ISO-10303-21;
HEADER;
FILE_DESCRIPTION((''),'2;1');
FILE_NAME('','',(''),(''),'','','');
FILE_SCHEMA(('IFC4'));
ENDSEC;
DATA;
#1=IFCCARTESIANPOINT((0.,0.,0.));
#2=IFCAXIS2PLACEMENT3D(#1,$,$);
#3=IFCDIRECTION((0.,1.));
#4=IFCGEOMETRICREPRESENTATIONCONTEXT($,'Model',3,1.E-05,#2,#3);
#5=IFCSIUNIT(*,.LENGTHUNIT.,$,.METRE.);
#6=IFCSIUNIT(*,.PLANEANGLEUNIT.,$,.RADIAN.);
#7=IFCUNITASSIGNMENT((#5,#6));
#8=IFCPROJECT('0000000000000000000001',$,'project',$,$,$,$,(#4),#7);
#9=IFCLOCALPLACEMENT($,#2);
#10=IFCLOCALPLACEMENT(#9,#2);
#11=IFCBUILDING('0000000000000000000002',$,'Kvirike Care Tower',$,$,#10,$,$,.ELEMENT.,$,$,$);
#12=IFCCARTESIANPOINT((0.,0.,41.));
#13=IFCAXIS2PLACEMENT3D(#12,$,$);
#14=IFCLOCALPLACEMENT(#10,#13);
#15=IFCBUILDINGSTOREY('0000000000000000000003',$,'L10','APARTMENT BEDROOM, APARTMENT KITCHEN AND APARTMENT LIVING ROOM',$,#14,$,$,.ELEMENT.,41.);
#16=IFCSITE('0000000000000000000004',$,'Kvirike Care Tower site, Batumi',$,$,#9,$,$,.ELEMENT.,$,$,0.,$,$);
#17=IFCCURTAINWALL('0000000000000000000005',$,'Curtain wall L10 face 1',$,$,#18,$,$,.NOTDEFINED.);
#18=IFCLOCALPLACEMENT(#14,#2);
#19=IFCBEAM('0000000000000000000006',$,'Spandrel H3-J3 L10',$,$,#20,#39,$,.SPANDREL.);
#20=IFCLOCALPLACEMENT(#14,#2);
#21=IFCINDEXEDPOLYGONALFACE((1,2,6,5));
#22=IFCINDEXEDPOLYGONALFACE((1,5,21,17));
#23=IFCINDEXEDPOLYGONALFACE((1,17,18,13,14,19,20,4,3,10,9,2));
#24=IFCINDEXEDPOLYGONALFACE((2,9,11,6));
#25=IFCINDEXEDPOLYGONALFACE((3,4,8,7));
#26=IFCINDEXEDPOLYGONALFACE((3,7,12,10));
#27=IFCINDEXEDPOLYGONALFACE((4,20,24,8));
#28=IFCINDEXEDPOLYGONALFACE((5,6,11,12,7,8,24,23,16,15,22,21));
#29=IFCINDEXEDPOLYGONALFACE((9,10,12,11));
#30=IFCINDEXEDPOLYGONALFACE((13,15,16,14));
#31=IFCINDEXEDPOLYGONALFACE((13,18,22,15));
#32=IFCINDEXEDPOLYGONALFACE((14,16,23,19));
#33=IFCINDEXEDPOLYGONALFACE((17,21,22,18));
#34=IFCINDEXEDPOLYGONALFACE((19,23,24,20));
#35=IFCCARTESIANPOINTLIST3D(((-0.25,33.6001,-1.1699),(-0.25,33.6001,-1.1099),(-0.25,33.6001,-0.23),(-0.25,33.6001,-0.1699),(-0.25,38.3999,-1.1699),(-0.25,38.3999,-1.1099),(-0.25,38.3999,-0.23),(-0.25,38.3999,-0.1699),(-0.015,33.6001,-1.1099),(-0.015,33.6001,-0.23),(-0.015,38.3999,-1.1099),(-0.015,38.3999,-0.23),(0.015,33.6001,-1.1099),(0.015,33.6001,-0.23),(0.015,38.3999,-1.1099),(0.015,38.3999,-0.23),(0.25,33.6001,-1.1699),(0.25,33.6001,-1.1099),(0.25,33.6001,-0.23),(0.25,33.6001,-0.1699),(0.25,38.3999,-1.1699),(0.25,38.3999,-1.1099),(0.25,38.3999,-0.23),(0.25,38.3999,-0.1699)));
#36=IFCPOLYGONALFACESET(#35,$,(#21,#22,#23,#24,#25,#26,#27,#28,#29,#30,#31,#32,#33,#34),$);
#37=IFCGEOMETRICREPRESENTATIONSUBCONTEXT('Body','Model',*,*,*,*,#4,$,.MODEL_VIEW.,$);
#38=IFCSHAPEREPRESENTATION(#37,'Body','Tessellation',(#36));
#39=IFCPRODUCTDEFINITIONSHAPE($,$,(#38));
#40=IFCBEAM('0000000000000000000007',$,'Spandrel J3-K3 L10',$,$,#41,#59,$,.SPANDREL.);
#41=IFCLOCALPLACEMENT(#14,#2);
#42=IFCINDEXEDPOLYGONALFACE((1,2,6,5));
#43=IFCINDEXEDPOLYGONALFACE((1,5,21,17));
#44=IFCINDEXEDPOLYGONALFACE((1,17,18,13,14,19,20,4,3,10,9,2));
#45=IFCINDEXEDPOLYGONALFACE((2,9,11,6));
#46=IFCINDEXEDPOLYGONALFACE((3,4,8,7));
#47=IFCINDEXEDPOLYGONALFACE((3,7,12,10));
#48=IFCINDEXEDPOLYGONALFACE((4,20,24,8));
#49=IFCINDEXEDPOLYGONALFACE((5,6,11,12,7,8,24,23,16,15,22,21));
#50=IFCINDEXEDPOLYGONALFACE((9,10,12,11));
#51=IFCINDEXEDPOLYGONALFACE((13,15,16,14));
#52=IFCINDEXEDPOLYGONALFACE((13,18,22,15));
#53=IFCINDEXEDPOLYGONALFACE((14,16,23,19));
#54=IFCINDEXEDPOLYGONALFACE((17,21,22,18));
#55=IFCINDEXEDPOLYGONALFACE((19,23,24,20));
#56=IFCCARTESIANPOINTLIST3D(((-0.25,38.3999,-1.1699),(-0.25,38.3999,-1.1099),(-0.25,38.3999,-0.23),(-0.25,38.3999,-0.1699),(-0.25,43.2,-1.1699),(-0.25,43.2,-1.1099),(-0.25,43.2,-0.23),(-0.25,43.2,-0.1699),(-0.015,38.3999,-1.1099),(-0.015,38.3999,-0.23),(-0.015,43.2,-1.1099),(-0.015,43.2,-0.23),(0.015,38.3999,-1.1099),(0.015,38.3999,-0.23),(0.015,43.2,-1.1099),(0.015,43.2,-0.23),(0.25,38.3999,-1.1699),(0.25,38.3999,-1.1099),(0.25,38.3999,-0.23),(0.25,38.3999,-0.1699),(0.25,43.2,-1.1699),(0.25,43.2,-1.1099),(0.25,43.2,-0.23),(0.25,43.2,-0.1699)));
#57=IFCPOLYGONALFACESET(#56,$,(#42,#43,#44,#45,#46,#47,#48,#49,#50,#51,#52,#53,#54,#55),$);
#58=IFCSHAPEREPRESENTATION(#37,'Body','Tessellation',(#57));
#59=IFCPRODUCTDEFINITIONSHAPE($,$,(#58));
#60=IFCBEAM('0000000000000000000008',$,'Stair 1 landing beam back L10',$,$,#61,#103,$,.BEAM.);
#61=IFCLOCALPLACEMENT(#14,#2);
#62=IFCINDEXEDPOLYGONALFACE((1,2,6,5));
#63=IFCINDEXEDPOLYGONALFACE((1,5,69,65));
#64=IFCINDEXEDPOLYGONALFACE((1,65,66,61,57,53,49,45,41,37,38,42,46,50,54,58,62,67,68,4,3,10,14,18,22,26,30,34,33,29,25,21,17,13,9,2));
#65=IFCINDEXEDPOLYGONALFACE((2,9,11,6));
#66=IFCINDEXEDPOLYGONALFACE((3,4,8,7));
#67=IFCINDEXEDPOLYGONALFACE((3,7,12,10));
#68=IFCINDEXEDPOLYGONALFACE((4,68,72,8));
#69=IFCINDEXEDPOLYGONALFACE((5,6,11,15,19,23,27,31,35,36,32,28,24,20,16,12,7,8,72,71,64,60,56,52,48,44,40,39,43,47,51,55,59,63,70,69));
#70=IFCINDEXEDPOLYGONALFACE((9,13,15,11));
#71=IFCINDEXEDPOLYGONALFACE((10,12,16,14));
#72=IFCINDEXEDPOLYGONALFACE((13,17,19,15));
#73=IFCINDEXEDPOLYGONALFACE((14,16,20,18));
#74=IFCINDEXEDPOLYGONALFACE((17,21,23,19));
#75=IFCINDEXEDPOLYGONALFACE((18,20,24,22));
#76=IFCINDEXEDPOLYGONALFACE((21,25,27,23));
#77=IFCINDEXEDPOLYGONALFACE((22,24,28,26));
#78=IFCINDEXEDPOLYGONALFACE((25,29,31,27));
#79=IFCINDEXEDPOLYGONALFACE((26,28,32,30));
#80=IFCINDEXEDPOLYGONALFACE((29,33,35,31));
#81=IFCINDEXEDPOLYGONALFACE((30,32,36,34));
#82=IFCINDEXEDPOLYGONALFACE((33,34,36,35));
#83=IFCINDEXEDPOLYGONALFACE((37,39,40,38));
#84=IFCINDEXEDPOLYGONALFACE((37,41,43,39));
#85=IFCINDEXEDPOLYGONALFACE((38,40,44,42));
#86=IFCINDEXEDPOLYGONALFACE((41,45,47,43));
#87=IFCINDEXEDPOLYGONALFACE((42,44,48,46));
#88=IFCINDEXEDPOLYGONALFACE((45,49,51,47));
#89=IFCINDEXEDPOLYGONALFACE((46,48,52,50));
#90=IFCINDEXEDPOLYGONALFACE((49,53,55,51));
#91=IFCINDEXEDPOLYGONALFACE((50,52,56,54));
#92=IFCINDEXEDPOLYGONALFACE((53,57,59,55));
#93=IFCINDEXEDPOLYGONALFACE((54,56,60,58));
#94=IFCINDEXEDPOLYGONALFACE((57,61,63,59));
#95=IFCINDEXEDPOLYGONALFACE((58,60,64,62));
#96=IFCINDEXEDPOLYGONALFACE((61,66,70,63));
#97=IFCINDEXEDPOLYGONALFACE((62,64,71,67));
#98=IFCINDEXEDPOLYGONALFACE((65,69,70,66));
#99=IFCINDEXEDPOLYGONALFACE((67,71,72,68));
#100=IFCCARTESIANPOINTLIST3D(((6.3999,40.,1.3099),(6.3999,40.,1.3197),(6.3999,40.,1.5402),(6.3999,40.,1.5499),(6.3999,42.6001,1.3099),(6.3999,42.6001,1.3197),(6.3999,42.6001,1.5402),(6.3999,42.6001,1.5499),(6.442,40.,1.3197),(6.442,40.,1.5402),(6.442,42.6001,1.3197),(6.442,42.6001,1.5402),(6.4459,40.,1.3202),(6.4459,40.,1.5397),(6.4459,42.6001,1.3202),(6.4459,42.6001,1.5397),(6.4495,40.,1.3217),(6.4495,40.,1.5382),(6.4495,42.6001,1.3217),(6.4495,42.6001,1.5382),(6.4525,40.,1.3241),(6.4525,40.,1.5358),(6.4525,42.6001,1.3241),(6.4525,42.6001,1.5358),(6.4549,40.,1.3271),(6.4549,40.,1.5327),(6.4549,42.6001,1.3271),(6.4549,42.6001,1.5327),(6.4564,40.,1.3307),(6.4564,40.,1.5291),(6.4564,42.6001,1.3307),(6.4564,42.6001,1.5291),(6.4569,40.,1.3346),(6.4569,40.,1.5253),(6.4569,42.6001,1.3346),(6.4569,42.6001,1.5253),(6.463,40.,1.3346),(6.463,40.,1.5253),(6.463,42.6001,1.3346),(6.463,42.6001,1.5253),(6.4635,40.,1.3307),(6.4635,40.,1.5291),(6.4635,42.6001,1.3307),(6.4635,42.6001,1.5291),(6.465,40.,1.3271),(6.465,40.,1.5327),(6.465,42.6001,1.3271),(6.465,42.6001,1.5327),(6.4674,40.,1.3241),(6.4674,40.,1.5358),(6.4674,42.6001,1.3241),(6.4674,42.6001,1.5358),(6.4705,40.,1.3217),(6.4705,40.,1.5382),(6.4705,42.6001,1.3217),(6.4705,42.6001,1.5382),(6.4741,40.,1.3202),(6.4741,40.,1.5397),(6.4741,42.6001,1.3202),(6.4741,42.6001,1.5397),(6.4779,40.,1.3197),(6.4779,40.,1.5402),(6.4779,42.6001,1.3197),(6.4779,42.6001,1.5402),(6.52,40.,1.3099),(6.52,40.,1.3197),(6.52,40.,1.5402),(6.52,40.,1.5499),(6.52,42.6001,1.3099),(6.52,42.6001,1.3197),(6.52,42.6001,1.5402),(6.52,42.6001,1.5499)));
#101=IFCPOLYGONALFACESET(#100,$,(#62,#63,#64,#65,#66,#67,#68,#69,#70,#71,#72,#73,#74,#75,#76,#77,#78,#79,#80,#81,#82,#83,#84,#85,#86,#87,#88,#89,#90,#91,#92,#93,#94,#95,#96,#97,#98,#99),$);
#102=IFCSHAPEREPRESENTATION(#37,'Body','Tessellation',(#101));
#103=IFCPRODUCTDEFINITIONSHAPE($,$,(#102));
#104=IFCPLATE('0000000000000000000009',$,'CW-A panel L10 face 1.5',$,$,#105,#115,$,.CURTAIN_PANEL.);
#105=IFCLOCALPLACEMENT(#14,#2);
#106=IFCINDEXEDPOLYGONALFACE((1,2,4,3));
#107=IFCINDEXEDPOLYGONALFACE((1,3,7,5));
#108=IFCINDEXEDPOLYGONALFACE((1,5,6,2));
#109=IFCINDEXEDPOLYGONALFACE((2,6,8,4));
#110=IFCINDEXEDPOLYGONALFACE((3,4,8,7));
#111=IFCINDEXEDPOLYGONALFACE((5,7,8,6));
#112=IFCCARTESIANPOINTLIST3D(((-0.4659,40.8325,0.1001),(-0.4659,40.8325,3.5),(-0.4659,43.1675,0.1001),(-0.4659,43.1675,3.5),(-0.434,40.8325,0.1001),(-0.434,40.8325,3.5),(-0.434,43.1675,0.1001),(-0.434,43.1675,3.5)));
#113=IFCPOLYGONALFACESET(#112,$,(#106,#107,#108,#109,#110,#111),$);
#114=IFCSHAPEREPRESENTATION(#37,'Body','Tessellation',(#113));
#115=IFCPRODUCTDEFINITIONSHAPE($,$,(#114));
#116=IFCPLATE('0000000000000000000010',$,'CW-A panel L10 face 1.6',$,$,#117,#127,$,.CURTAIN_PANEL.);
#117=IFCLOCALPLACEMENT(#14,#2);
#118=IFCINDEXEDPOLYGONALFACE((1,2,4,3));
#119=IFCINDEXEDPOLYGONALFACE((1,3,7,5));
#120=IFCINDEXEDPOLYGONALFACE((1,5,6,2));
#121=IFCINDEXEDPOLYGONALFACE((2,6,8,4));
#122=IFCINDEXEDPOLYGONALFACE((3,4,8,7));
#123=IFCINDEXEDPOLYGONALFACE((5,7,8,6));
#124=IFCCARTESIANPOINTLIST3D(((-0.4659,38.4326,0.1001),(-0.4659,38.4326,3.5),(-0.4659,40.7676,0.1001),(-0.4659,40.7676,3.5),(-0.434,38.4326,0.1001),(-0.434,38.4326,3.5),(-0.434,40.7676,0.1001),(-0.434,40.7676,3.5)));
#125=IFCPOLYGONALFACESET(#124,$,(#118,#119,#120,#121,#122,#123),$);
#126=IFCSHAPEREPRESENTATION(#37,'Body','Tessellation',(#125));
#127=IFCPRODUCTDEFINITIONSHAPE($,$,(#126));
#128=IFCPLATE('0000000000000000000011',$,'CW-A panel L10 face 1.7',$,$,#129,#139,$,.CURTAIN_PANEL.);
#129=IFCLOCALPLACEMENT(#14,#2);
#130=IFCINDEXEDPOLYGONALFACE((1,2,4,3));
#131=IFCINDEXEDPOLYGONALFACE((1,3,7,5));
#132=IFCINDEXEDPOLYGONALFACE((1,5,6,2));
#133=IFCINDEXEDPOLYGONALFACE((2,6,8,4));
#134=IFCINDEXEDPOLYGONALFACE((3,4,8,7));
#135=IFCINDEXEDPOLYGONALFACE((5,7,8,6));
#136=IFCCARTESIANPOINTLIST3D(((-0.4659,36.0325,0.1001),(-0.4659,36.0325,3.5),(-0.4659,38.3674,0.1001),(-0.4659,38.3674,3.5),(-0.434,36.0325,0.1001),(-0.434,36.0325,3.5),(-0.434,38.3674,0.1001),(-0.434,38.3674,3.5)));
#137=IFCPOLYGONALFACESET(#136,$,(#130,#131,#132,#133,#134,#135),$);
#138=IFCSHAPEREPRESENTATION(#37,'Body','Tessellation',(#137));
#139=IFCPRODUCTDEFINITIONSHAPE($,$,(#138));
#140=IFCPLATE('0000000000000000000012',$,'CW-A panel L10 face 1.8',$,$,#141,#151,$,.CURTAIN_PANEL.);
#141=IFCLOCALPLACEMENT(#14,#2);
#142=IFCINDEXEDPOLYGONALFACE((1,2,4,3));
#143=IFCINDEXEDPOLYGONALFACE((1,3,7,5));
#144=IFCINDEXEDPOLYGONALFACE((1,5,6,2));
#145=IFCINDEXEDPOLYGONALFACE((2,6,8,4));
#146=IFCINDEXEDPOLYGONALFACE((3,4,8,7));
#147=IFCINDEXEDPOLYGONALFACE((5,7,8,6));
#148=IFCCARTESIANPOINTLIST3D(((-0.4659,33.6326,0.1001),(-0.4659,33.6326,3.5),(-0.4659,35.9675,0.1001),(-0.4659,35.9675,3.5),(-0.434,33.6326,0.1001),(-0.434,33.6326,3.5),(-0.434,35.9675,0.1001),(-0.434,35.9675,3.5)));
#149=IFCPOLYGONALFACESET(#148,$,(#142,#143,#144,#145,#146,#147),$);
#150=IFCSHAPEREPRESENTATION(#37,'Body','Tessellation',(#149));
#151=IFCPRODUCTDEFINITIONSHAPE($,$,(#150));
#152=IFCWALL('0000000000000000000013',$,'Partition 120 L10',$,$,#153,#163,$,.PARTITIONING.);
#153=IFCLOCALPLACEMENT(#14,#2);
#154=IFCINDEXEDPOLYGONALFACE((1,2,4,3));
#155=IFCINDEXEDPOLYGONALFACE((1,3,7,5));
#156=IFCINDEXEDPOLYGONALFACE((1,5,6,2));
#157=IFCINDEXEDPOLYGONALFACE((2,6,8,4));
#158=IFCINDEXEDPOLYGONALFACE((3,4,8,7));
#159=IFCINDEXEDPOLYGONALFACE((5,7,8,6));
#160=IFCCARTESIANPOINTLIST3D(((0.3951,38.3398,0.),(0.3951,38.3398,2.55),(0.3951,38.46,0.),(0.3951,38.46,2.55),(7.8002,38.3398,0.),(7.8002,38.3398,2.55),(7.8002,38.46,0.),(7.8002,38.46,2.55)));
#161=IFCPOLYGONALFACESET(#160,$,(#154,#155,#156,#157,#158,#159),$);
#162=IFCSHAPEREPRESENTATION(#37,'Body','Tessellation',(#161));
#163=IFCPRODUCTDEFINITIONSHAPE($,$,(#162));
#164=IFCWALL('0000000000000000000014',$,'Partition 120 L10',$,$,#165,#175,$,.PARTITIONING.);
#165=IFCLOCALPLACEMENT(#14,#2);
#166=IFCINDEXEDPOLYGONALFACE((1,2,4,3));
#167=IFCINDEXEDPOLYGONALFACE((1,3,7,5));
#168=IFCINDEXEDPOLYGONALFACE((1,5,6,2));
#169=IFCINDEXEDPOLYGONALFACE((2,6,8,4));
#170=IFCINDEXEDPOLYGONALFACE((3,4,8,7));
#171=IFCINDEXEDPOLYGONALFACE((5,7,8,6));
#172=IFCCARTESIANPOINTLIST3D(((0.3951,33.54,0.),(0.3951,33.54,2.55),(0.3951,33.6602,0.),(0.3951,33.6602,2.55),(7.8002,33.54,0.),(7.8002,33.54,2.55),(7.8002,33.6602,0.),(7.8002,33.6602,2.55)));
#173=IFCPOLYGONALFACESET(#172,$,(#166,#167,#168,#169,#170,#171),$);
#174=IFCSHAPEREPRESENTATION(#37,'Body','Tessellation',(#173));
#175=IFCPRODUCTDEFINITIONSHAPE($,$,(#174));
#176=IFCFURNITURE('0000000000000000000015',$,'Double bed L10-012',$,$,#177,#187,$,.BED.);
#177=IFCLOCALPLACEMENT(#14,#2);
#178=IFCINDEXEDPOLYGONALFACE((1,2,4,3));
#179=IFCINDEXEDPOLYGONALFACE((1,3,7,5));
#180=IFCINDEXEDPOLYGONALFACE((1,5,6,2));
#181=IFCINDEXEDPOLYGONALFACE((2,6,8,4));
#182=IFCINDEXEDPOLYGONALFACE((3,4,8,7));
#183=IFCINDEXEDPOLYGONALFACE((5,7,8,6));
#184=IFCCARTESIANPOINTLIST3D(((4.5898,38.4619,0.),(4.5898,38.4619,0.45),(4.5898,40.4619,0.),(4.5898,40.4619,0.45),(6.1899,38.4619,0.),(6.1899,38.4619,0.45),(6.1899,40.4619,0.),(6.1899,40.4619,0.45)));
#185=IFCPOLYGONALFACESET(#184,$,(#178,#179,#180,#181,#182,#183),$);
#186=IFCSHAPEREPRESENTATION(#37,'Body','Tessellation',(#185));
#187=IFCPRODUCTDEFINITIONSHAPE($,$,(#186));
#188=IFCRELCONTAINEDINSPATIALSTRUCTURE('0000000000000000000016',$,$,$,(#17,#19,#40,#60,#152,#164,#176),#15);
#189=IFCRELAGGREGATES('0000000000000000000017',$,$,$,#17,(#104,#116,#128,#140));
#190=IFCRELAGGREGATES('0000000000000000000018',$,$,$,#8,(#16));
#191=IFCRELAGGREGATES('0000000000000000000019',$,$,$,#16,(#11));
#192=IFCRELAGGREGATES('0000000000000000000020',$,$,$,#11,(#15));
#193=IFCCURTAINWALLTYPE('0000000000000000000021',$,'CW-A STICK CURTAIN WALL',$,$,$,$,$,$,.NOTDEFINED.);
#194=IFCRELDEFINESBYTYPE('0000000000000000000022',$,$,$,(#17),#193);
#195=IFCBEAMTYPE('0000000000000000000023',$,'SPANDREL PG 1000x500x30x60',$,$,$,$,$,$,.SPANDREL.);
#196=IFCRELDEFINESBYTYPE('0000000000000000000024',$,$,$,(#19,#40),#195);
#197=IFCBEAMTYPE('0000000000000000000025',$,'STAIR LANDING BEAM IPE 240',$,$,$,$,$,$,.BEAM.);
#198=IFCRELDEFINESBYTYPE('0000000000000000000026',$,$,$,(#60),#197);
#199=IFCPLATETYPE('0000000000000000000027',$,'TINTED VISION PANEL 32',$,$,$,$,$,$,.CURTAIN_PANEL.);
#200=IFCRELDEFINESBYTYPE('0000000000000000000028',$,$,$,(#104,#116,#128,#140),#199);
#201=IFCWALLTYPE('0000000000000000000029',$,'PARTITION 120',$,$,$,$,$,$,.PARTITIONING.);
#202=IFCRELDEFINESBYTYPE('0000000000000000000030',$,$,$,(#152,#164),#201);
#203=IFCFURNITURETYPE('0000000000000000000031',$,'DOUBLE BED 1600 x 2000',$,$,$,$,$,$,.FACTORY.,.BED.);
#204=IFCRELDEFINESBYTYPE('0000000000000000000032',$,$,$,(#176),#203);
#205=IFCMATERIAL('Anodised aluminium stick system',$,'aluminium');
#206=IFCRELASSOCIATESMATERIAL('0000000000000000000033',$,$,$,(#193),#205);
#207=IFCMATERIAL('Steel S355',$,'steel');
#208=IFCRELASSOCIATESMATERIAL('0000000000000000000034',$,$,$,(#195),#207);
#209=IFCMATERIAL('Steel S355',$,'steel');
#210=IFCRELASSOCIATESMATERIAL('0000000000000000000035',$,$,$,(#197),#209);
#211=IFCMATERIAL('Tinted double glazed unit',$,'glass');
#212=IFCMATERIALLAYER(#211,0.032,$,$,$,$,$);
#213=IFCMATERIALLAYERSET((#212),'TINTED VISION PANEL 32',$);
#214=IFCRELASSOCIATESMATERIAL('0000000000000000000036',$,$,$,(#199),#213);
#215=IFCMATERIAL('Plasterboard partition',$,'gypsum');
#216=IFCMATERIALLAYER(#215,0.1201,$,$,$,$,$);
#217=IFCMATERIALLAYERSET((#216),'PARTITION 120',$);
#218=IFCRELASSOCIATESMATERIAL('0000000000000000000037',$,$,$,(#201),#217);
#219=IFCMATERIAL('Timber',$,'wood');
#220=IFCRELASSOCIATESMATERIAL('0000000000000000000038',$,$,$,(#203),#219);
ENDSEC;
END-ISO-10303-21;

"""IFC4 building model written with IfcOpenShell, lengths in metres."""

from ifc_helpers import new_model, si_unit, direction, frame, frame_2d, origin, origin_2d, place, context, subcontext, project, spatial, rectangle, i_section, extrude, material, layer, layer_set, material_profile, profile_set, type_object, element, aggregate, save


model = new_model("IFC4")

# Units and contexts
model_context = context("Model", 3, precision=1e-05, world=origin(), true_north=direction((0.0, 1.0)))
body_context = subcontext(model_context, "Body", "Model", "MODEL_VIEW")
ifc_project = project(units=[si_unit("LENGTHUNIT", "METRE"), si_unit("PLANEANGLEUNIT", "RADIAN")], contexts=[model_context])

# Site, building, storey
site_placement = place(None, origin())
site = spatial("IfcSite", under=ifc_project, at=site_placement, Name="Kvirike Care Tower site, Batumi", CompositionType="ELEMENT", RefElevation=0.0)
building_placement = place(site_placement, origin())
building = spatial("IfcBuilding", under=site, at=building_placement, Name="Kvirike Care Tower", CompositionType="ELEMENT")
storey_placement = place(building_placement, frame((0.0, 0.0, 41.0)))
storey = spatial("IfcBuildingStorey", under=building, at=storey_placement, Name="L10", Description="APARTMENT BEDROOM, APARTMENT KITCHEN AND APARTMENT LIVING ROOM", CompositionType="ELEMENT", Elevation=41.0)

# Curtain wall
ifc_material_1 = material(Name="Anodised aluminium stick system", Category="aluminium")
curtain_wall_type = type_object("IfcCurtainWallType", Name="CW-A STICK CURTAIN WALL", PredefinedType="NOTDEFINED", material=ifc_material_1)
curtain_wall_placement = place(storey_placement, origin())
curtain_wall = element("IfcCurtainWall", 1, at=curtain_wall_placement, inside=storey, type_object=curtain_wall_type, Name="Curtain wall L10 face 1", PredefinedType="NOTDEFINED")

# Beams
ifc_material_2 = material(Name="Steel S355", Category="steel")
ifc_material_profile_1 = material_profile(ifc_material_2, i_section(OverallWidth=0.5, OverallDepth=1.0, WebThickness=0.03, FlangeThickness=0.0601, at=origin_2d()), Name="PG 1000x500x30x60")
ifc_profile_set_1 = profile_set([ifc_material_profile_1], Name="Steel S355")
beam_type_1 = type_object("IfcBeamType", Name="SPANDREL PG 1000x500x30x60", PredefinedType="SPANDREL", material=ifc_profile_set_1)
beam_1_placement = place(storey_placement, frame((0.0, 33.6001, -0.6699), z_axis=(0.0, 1.0, 0.0), x_axis=(-1.0, 0.0, 0.0)))
element("IfcBeam", 2, at=beam_1_placement, inside=storey, type_object=beam_type_1, Name="Spandrel H3-J3 L10", PredefinedType="SPANDREL", context=body_context, shape_type="SweptSolid", body=[
    extrude(i_section(OverallWidth=0.5, OverallDepth=1.0, WebThickness=0.03, FlangeThickness=0.0601, at=origin_2d()), origin(), (0.0, 0.0, 1.0), 4.7998),
])
beam_2_placement = place(storey_placement, frame((0.0, 38.3999, -0.6699), z_axis=(0.0, 1.0, 0.0), x_axis=(-1.0, 0.0, 0.0)))
element("IfcBeam", 3, at=beam_2_placement, inside=storey, type_object=beam_type_1, Name="Spandrel J3-K3 L10", PredefinedType="SPANDREL", context=body_context, shape_type="SweptSolid", body=[
    extrude(i_section(OverallWidth=0.5, OverallDepth=1.0, WebThickness=0.03, FlangeThickness=0.0601, at=origin_2d()), origin(), (0.0, 0.0, 1.0), 4.8),
])
ifc_material_3 = material(Name="Steel S355", Category="steel")
ifc_material_profile_2 = material_profile(ifc_material_3, i_section(OverallWidth=0.1201, OverallDepth=0.24, WebThickness=0.0061, FlangeThickness=0.0098, FilletRadius=0.0149, at=origin_2d()), Name="IPE 240")
ifc_profile_set_2 = profile_set([ifc_material_profile_2], Name="Steel S355")
beam_type_2 = type_object("IfcBeamType", Name="STAIR LANDING BEAM IPE 240", PredefinedType="BEAM", material=ifc_profile_set_2)
beam_3_placement = place(storey_placement, frame((6.46, 42.6001, 1.4299), z_axis=(0.0, -1.0, 0.0), x_axis=(1.0, 0.0, 0.0)))
element("IfcBeam", 4, at=beam_3_placement, inside=storey, type_object=beam_type_2, Name="Stair 1 landing beam back L10", PredefinedType="BEAM", context=body_context, shape_type="SweptSolid", body=[
    extrude(i_section(OverallWidth=0.1201, OverallDepth=0.24, WebThickness=0.0061, FlangeThickness=0.0098, FilletRadius=0.0149, at=origin_2d()), origin(), (0.0, 0.0, 1.0), 2.6001),
])

# Plates
ifc_material_4 = material(Name="Tinted double glazed unit", Category="glass")
ifc_layer_1 = layer(ifc_material_4, 0.032)
ifc_layer_set_1 = layer_set([ifc_layer_1], Name="TINTED VISION PANEL 32")
plate_type = type_object("IfcPlateType", Name="TINTED VISION PANEL 32", PredefinedType="CURTAIN_PANEL", material=ifc_layer_set_1)
plate_1_placement = place(storey_placement, frame((-0.45, 42.0, 0.1001), z_axis=(0.0, 0.0, 1.0), x_axis=(0.0, -1.0, 0.0)))
plate_1 = element("IfcPlate", 5, at=plate_1_placement, type_object=plate_type, Name="CW-A panel L10 face 1.5", PredefinedType="CURTAIN_PANEL", context=body_context, shape_type="SweptSolid", body=[
    extrude(rectangle(XDim=2.335, YDim=0.032, at=origin_2d()), origin(), (0.0, 0.0, 1.0), 3.3999),
])
plate_2_placement = place(storey_placement, frame((-0.45, 39.6001, 0.1001), z_axis=(0.0, 0.0, 1.0), x_axis=(0.0, -1.0, 0.0)))
plate_2 = element("IfcPlate", 6, at=plate_2_placement, type_object=plate_type, Name="CW-A panel L10 face 1.6", PredefinedType="CURTAIN_PANEL", context=body_context, shape_type="SweptSolid", body=[
    extrude(rectangle(XDim=2.335, YDim=0.032, at=origin_2d()), origin(), (0.0, 0.0, 1.0), 3.3999),
])
plate_3_placement = place(storey_placement, frame((-0.45, 37.2, 0.1001), z_axis=(0.0, 0.0, 1.0), x_axis=(0.0, -1.0, 0.0)))
plate_3 = element("IfcPlate", 7, at=plate_3_placement, type_object=plate_type, Name="CW-A panel L10 face 1.7", PredefinedType="CURTAIN_PANEL", context=body_context, shape_type="SweptSolid", body=[
    extrude(rectangle(XDim=2.335, YDim=0.032, at=origin_2d()), origin(), (0.0, 0.0, 1.0), 3.3999),
])
plate_4_placement = place(storey_placement, frame((-0.45, 34.8, 0.1001), z_axis=(0.0, 0.0, 1.0), x_axis=(0.0, -1.0, 0.0)))
plate_4 = element("IfcPlate", 8, at=plate_4_placement, type_object=plate_type, Name="CW-A panel L10 face 1.8", PredefinedType="CURTAIN_PANEL", context=body_context, shape_type="SweptSolid", body=[
    extrude(rectangle(XDim=2.335, YDim=0.032, at=origin_2d()), origin(), (0.0, 0.0, 1.0), 3.3999),
])
aggregate(curtain_wall, [plate_1, plate_2, plate_3, plate_4])

# Walls
ifc_material_5 = material(Name="Plasterboard partition", Category="gypsum")
ifc_layer_2 = layer(ifc_material_5, 0.1201)
ifc_layer_set_2 = layer_set([ifc_layer_2], Name="PARTITION 120")
wall_type = type_object("IfcWallType", Name="PARTITION 120", PredefinedType="PARTITIONING", material=ifc_layer_set_2)
for number, where, z_axis, x_axis, name in (
    (9, (0.395, 38.3999, 0.0), (0.0, 0.0, 1.0), (1.0, 0.0, 0.0), "Partition 120 L10"),
    (10, (0.395, 33.6001, 0.0), (0.0, 0.0, 1.0), (1.0, 0.0, 0.0), "Partition 120 L10"),
):
    element("IfcWall", number, at=place(storey_placement, frame(where, z_axis=z_axis, x_axis=x_axis)), inside=storey, type_object=wall_type, Name=name, PredefinedType="PARTITIONING", context=body_context, shape_type="SweptSolid", body=[
        extrude(rectangle(XDim=7.405, YDim=0.1201, at=frame_2d((3.7026, 0.0))), origin(), (0.0, 0.0, 1.0), 2.55),
    ])

# Furniture
ifc_material_6 = material(Name="Timber", Category="wood")
furniture_type = type_object("IfcFurnitureType", Name="DOUBLE BED 1600 x 2000", AssemblyPlace="FACTORY", PredefinedType="BED", material=ifc_material_6)
furniture_placement = place(storey_placement, frame((5.3899, 39.4619, 0.0), z_axis=(0.0, 0.0, 1.0), x_axis=(-1.0, 0.0, 0.0)))
element("IfcFurniture", 11, at=furniture_placement, inside=storey, type_object=furniture_type, Name="Double bed L10-012", PredefinedType="BED", context=body_context, shape_type="SweptSolid", body=[
    extrude(rectangle(XDim=1.6001, YDim=2.0, at=origin_2d()), origin(), (0.0, 0.0, 1.0), 0.45),
])

save(model, "model.ifc")
